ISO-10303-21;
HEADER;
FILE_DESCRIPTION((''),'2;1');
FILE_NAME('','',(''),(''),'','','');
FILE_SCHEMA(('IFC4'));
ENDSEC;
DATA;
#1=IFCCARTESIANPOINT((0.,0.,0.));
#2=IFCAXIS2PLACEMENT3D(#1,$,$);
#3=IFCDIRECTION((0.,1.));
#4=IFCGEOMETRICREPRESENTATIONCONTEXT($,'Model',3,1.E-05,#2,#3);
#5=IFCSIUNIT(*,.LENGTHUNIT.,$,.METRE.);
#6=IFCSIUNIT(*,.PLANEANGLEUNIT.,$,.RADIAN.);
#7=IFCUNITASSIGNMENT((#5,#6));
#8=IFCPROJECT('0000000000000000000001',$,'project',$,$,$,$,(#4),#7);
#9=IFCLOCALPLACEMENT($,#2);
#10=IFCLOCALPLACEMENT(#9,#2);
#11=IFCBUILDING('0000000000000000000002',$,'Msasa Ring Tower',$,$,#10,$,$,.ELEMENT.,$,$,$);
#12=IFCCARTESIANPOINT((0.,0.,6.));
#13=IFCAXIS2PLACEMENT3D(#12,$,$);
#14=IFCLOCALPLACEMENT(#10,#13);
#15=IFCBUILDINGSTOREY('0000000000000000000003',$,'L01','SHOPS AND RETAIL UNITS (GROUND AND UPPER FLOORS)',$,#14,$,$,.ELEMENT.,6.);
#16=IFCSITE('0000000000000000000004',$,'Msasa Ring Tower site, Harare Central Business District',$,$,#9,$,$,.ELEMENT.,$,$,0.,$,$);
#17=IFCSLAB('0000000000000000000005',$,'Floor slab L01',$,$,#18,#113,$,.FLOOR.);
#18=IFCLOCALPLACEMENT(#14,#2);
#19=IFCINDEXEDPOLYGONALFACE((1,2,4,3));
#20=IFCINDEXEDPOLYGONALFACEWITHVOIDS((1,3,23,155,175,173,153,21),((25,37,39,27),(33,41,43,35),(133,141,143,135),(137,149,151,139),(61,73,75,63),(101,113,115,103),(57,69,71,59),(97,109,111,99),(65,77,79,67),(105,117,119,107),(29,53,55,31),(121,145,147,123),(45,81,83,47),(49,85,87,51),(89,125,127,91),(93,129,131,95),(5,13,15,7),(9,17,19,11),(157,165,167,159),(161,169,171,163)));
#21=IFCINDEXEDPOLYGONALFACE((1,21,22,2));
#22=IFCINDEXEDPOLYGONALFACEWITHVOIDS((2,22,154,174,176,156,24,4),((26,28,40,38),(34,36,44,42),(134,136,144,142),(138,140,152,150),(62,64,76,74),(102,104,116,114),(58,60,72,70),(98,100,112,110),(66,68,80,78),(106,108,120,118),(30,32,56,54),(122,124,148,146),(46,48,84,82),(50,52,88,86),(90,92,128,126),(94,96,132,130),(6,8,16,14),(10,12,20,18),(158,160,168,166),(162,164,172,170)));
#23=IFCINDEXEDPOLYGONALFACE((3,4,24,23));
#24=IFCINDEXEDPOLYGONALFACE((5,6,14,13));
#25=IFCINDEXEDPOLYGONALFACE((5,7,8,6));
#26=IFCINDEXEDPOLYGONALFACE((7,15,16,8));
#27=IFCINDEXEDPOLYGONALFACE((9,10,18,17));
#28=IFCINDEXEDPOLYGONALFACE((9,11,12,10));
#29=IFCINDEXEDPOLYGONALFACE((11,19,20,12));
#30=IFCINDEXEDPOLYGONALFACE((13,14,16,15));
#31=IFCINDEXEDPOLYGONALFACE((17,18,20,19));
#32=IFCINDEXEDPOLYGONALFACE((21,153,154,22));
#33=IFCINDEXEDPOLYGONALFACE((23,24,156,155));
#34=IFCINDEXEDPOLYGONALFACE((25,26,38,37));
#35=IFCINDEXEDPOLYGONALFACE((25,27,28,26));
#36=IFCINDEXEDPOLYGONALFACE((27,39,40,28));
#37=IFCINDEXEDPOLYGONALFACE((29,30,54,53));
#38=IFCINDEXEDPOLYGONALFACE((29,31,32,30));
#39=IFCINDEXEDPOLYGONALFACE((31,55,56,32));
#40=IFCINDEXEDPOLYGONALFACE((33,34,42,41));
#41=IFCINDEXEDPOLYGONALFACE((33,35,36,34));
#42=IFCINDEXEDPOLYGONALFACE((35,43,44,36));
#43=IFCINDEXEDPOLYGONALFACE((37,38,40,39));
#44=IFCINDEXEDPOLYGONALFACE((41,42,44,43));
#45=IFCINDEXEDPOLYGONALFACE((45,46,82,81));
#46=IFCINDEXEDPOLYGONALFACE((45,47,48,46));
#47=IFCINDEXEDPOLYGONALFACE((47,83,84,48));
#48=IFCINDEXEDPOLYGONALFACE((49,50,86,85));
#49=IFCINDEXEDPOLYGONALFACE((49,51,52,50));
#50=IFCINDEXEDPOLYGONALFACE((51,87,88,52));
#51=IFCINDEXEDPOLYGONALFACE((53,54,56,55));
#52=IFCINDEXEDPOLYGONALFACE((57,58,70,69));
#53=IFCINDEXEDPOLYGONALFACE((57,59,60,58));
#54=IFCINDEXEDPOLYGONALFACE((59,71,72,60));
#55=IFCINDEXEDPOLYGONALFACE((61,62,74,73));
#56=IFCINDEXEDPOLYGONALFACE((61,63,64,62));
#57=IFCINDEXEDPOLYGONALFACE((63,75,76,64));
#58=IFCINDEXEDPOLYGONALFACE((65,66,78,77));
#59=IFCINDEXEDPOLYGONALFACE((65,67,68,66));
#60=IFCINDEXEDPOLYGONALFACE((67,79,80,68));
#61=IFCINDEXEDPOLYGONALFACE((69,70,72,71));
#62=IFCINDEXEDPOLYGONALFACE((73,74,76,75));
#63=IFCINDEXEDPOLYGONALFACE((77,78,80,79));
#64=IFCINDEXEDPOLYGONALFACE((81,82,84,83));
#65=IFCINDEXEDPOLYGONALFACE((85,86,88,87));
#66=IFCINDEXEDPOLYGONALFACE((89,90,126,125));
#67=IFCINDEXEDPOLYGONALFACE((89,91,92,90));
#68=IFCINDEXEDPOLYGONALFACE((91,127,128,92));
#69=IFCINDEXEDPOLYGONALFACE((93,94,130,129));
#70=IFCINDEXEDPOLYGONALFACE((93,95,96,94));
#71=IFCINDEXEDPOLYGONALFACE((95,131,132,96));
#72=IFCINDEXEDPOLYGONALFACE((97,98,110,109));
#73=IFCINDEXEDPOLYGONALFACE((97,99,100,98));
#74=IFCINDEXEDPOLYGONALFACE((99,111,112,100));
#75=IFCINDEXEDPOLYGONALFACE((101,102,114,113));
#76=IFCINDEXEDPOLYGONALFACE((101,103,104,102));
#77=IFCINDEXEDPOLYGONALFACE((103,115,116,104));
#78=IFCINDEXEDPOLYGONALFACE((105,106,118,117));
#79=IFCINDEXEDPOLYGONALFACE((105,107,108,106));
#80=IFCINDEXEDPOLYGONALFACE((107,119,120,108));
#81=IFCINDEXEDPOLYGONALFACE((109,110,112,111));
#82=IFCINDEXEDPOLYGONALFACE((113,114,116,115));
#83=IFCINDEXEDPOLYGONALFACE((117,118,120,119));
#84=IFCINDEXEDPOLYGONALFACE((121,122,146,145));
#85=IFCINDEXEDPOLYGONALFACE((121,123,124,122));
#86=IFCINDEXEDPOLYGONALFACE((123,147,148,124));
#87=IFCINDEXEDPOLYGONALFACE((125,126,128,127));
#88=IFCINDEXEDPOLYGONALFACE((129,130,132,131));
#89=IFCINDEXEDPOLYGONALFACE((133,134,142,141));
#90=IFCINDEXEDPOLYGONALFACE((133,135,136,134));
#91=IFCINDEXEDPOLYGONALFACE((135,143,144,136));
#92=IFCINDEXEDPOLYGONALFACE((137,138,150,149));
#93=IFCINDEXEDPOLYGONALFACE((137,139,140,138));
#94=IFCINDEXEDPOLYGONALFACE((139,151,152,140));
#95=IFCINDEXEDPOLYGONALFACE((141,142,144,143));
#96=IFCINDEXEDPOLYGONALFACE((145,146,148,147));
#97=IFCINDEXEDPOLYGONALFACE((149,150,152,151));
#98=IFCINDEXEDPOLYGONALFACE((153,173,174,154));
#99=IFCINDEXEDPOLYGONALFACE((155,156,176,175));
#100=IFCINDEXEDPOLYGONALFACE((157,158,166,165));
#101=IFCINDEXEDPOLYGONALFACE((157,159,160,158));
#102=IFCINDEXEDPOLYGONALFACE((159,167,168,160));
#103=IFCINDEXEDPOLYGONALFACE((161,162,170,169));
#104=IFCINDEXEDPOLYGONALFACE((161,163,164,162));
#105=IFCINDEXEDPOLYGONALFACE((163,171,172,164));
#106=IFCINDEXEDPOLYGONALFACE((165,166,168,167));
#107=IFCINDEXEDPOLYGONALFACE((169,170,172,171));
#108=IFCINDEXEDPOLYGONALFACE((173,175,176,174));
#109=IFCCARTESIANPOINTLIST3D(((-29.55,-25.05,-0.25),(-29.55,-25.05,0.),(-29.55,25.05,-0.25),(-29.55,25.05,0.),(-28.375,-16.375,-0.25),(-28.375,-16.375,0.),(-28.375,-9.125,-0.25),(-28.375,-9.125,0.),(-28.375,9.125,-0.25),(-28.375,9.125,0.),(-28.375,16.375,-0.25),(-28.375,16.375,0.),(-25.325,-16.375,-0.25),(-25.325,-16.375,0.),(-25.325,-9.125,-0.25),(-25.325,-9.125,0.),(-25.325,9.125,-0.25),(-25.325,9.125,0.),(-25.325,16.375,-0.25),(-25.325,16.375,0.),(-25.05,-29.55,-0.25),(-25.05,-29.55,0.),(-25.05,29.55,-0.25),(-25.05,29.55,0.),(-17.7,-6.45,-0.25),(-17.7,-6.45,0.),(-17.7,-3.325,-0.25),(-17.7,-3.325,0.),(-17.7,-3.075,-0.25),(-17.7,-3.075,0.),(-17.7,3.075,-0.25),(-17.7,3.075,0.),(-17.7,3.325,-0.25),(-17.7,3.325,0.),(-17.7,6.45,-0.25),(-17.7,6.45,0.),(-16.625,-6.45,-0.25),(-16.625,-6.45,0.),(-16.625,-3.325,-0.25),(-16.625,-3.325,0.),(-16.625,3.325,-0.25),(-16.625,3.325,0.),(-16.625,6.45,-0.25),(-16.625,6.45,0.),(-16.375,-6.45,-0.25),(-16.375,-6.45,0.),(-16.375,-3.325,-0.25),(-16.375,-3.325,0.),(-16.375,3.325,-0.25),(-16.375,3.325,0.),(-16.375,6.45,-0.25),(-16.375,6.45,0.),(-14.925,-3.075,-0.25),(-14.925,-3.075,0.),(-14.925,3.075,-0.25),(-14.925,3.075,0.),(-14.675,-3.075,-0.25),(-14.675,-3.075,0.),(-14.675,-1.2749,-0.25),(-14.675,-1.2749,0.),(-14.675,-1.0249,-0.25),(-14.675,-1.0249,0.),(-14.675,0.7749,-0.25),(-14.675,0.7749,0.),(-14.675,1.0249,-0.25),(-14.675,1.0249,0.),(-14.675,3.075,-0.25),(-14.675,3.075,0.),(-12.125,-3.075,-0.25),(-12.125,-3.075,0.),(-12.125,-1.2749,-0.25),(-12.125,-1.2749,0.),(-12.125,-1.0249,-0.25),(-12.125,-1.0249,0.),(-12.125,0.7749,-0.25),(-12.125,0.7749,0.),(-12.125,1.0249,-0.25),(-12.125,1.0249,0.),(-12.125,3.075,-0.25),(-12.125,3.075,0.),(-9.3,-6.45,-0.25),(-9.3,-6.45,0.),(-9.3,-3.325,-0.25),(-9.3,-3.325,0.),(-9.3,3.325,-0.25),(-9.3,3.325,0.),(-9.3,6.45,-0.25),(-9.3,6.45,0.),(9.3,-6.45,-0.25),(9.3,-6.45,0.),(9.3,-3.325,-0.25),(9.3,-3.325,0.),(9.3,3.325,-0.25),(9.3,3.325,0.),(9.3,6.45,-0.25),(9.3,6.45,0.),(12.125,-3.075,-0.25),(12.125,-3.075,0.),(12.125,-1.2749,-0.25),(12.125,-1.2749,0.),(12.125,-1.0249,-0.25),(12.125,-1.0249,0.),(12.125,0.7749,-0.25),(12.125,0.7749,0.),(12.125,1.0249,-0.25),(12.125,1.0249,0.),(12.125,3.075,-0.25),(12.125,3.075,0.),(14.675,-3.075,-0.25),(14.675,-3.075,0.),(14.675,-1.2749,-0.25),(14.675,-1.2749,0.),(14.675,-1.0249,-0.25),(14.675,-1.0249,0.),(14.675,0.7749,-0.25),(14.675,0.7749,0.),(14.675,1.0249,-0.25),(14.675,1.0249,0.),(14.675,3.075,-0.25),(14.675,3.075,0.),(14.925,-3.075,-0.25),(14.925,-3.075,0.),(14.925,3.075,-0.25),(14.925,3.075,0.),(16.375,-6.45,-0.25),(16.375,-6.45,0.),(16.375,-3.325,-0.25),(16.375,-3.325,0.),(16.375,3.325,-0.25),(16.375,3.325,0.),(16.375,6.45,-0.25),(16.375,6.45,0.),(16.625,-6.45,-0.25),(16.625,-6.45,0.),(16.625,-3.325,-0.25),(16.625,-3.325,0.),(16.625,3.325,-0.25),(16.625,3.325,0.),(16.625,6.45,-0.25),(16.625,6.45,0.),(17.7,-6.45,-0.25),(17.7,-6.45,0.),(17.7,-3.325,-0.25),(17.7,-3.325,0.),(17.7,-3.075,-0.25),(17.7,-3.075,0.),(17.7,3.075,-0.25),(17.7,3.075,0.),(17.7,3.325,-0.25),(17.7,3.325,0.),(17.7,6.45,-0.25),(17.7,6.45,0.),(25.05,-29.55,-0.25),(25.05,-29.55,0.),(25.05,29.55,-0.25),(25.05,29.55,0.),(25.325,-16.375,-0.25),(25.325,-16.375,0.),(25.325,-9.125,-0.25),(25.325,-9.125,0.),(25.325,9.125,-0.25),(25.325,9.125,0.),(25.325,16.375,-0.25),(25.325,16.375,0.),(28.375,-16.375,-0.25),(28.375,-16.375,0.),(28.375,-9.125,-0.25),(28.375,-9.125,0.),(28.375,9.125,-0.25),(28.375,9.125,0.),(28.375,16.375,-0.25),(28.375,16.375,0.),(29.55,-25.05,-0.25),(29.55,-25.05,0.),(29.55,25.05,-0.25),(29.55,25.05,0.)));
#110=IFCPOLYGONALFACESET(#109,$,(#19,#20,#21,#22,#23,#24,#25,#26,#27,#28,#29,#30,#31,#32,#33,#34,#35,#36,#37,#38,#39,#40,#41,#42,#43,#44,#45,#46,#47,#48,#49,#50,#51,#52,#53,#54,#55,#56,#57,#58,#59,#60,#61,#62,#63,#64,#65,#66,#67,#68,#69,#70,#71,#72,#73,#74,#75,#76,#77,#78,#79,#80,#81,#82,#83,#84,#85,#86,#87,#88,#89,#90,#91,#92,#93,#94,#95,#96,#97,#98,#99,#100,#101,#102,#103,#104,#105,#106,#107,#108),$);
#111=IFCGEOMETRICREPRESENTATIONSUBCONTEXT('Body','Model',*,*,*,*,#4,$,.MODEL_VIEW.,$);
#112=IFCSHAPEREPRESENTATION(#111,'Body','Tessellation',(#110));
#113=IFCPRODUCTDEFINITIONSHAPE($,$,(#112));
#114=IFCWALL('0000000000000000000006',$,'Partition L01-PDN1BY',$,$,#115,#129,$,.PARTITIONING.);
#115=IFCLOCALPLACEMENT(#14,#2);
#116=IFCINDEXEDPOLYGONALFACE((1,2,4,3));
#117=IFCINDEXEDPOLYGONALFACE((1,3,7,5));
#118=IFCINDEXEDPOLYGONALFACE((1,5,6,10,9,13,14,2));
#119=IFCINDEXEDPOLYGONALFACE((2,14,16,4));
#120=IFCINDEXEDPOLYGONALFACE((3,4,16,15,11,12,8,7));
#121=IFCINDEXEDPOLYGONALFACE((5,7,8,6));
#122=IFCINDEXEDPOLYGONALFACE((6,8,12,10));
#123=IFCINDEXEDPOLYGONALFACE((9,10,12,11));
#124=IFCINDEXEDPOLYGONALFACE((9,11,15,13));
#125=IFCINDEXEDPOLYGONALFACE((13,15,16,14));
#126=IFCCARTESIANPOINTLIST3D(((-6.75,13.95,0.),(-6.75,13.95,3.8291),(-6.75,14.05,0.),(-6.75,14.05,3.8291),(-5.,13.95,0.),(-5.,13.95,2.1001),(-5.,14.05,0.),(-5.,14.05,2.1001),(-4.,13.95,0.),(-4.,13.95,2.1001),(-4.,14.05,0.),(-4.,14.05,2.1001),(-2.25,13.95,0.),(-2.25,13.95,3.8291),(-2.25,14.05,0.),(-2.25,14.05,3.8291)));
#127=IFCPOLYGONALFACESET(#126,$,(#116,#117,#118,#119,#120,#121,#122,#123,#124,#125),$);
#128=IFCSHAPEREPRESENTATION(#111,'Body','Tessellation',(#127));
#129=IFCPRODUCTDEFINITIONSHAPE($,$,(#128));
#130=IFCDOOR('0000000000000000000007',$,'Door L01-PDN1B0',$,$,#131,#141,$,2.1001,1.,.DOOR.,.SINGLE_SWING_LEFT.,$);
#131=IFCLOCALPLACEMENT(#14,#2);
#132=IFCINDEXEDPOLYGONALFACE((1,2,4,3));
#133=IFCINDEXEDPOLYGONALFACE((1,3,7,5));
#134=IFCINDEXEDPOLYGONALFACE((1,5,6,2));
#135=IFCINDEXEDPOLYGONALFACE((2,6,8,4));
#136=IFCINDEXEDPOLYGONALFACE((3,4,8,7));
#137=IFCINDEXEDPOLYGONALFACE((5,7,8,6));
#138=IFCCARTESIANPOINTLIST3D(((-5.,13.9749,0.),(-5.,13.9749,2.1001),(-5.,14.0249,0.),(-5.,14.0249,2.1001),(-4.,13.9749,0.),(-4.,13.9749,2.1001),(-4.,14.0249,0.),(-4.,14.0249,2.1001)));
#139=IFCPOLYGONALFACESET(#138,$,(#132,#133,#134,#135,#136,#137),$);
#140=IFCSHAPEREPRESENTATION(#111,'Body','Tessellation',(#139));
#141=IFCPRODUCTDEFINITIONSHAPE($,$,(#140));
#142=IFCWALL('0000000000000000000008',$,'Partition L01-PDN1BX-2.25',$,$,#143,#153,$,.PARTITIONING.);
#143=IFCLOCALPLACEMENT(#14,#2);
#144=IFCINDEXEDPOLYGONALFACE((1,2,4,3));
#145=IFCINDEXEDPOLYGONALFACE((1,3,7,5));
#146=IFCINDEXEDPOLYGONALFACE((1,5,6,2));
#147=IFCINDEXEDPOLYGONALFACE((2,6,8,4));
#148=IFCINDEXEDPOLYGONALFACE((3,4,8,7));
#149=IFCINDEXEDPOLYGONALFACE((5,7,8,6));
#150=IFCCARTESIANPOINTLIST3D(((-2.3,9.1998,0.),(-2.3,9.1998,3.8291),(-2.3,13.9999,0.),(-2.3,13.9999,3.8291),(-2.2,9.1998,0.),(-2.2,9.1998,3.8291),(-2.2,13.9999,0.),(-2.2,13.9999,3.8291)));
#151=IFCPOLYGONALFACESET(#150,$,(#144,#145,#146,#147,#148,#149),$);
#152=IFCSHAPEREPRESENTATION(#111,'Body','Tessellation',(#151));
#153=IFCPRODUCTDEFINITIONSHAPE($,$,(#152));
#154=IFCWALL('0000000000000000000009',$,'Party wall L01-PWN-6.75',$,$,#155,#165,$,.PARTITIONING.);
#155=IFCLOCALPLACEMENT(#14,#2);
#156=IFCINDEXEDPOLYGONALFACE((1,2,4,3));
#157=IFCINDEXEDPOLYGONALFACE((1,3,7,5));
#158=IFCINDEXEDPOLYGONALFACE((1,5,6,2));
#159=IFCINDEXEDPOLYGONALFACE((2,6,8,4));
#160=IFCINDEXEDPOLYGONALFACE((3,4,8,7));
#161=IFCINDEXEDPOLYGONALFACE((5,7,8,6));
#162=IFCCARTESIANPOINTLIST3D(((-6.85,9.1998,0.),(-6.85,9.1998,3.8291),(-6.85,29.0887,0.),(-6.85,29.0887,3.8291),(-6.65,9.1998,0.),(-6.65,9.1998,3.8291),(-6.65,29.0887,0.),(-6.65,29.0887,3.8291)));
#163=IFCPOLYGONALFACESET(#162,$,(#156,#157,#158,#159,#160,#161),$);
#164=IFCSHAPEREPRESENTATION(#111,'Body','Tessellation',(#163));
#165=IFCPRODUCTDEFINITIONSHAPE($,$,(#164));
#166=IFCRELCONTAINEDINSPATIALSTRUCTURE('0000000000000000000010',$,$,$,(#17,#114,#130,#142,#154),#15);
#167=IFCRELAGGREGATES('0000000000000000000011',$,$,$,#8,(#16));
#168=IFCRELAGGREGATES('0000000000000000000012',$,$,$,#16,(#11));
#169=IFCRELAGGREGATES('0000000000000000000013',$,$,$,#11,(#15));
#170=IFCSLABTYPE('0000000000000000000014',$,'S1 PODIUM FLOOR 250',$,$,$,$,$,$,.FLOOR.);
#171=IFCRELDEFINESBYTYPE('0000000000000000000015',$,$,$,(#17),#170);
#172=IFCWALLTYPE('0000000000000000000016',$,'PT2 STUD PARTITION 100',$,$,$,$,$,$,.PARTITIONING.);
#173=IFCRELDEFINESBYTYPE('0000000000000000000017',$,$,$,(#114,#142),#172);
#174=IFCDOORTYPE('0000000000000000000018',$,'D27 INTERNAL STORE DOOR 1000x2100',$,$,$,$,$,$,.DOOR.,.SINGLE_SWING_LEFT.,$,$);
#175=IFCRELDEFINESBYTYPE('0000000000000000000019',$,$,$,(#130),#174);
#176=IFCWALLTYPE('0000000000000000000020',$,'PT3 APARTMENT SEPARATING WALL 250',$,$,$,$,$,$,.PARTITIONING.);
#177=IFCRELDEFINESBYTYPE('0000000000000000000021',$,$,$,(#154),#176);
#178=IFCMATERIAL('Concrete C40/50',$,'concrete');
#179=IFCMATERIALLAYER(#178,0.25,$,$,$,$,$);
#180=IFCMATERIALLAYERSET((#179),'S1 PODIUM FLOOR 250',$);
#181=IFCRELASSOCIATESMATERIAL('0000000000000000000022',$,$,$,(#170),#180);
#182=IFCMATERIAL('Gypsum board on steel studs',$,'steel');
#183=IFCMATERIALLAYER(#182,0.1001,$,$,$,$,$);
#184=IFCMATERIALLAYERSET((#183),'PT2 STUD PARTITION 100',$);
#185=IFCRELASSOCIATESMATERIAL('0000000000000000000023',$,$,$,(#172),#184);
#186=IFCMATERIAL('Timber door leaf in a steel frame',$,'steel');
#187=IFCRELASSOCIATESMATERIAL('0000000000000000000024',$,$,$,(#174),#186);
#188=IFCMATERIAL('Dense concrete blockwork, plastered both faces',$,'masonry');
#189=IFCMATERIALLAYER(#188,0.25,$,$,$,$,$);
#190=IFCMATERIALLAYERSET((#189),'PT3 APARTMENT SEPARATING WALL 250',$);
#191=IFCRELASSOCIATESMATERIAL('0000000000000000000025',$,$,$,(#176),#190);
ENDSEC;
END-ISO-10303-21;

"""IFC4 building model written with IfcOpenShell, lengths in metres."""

from ifc_helpers import new_model, si_unit, direction, frame, frame_2d, origin, place, context, subcontext, project, spatial, polyline, rectangle, outline, extrude, material, layer, layer_set, type_object, element, fill, save


model = new_model("IFC4")

# Units and contexts
model_context = context("Model", 3, precision=1e-05, world=origin(), true_north=direction((0.0, 1.0)))
body_context = subcontext(model_context, "Body", "Model", "MODEL_VIEW")
ifc_project = project(units=[si_unit("LENGTHUNIT", "METRE"), si_unit("PLANEANGLEUNIT", "RADIAN")], contexts=[model_context])

# Site, building, storey
site_placement = place(None, origin())
site = spatial("IfcSite", under=ifc_project, at=site_placement, Name="Msasa Ring Tower site, Harare Central Business District", CompositionType="ELEMENT", RefElevation=0.0)
building_placement = place(site_placement, origin())
building = spatial("IfcBuilding", under=site, at=building_placement, Name="Msasa Ring Tower", CompositionType="ELEMENT")
storey_placement = place(building_placement, frame((0.0, 0.0, 6.0)))
storey = spatial("IfcBuildingStorey", under=building, at=storey_placement, Name="L01", Description="SHOPS AND RETAIL UNITS (GROUND AND UPPER FLOORS)", CompositionType="ELEMENT", Elevation=6.0)

# Slab
ifc_material_1 = material(Name="Concrete C40/50", Category="concrete")
ifc_layer_1 = layer(ifc_material_1, 0.25)
ifc_layer_set_1 = layer_set([ifc_layer_1], Name="S1 PODIUM FLOOR 250")
slab_type_1 = type_object("IfcSlabType", Name="S1 PODIUM FLOOR 250", PredefinedType="FLOOR", material=ifc_layer_set_1)
slab_1_placement = place(storey_placement, frame((0.0, 0.0, -0.25)))
element("IfcSlab", 1, at=slab_1_placement, inside=storey, type_object=slab_type_1, Name="Floor slab L01", PredefinedType="FLOOR", context=body_context, shape_type="SweptSolid", body=[
    extrude(outline(polyline([(-25.05, -29.55), (25.05, -29.55), (29.55, -25.05), (29.55, 25.05), (25.05, 29.55), (-25.05, 29.55), (-29.55, 25.05), (-29.55, -25.05), (-25.05, -29.55)]), holes=[polyline([(9.3, -6.45), (16.375, -6.45), (16.375, -3.325), (9.3, -3.325), (9.3, -6.45)]), polyline([(9.3, 3.325), (16.375, 3.325), (16.375, 6.45), (9.3, 6.45), (9.3, 3.325)]), polyline([(12.125, -3.075), (14.675, -3.075), (14.675, -1.2749), (12.125, -1.2749), (12.125, -3.075)]), polyline([(12.125, -1.0249), (14.675, -1.0249), (14.675, 0.7749), (12.125, 0.7749), (12.125, -1.0249)]), polyline([(12.125, 1.0249), (14.675, 1.0249), (14.675, 3.075), (12.125, 3.075), (12.125, 1.0249)]), polyline([(16.625, -6.45), (17.7, -6.45), (17.7, -3.325), (16.625, -3.325), (16.625, -6.45)]), polyline([(16.625, 3.325), (17.7, 3.325), (17.7, 6.45), (16.625, 6.45), (16.625, 3.325)]), polyline([(14.925, -3.075), (17.7, -3.075), (17.7, 3.075), (14.925, 3.075), (14.925, -3.075)]), polyline([(-16.375, -6.45), (-9.3, -6.45), (-9.3, -3.325), (-16.375, -3.325), (-16.375, -6.45)]), polyline([(-16.375, 3.325), (-9.3, 3.325), (-9.3, 6.45), (-16.375, 6.45), (-16.375, 3.325)]), polyline([(-14.675, -3.075), (-12.125, -3.075), (-12.125, -1.2749), (-14.675, -1.2749), (-14.675, -3.075)]), polyline([(-14.675, -1.0249), (-12.125, -1.0249), (-12.125, 0.7749), (-14.675, 0.7749), (-14.675, -1.0249)]), polyline([(-14.675, 1.0249), (-12.125, 1.0249), (-12.125, 3.075), (-14.675, 3.075), (-14.675, 1.0249)]), polyline([(-17.7, -6.45), (-16.625, -6.45), (-16.625, -3.325), (-17.7, -3.325), (-17.7, -6.45)]), polyline([(-17.7, 3.325), (-16.625, 3.325), (-16.625, 6.45), (-17.7, 6.45), (-17.7, 3.325)]), polyline([(-17.7, -3.075), (-14.925, -3.075), (-14.925, 3.075), (-17.7, 3.075), (-17.7, -3.075)]), polyline([(25.325, 9.125), (28.375, 9.125), (28.375, 16.375), (25.325, 16.375), (25.325, 9.125)]), polyline([(25.325, -16.375), (28.375, -16.375), (28.375, -9.125), (25.325, -9.125), (25.325, -16.375)]), polyline([(-28.375, 9.125), (-25.325, 9.125), (-25.325, 16.375), (-28.375, 16.375), (-28.375, 9.125)]), polyline([(-28.375, -16.375), (-25.325, -16.375), (-25.325, -9.125), (-28.375, -9.125), (-28.375, -16.375)])]), origin(), (0.0, 0.0, 1.0), 0.25),
])

# Wall, opening, door
ifc_material_2 = material(Name="Gypsum board on steel studs", Category="steel")
ifc_layer_2 = layer(ifc_material_2, 0.1001)
ifc_layer_set_2 = layer_set([ifc_layer_2], Name="PT2 STUD PARTITION 100")
wall_type_1 = type_object("IfcWallType", Name="PT2 STUD PARTITION 100", PredefinedType="PARTITIONING", material=ifc_layer_set_2)
wall_1_placement = place(storey_placement, frame((-6.75, 14.0, 0.0), z_axis=(0.0, 0.0, 1.0), x_axis=(1.0, 0.0, 0.0)))
wall_1 = element("IfcWall", 2, at=wall_1_placement, inside=storey, type_object=wall_type_1, Name="Partition L01-PDN1BY", PredefinedType="PARTITIONING", context=body_context, shape_type="SweptSolid", body=[
    extrude(rectangle(XDim=4.5, YDim=0.1001, at=frame_2d((2.25, 0.0))), origin(), (0.0, 0.0, 1.0), 3.8291),
])
opening_placement = place(wall_1_placement, frame((1.75, 0.0, 0.0)))
opening = element("IfcOpeningElement", 3, at=opening_placement, cuts=wall_1, PredefinedType="OPENING", context=body_context, shape_type="SweptSolid", body=[
    extrude(rectangle(XDim=1.0, YDim=2.1001, at=frame_2d((0.5, 1.05))), frame((0.0, 0.0601, 0.0), z_axis=(0.0, -1.0, 0.0), x_axis=(1.0, 0.0, 0.0)), (0.0, 0.0, 1.0), 0.1201),
])
ifc_material_3 = material(Name="Timber door leaf in a steel frame", Category="steel")
door_type = type_object("IfcDoorType", Name="D27 INTERNAL STORE DOOR 1000x2100", OperationType="SINGLE_SWING_LEFT", PredefinedType="DOOR", material=ifc_material_3)
door_placement = place(opening_placement, origin())
door = element("IfcDoor", 4, at=door_placement, inside=storey, type_object=door_type, Name="Door L01-PDN1B0", OperationType="SINGLE_SWING_LEFT", OverallHeight=2.1001, OverallWidth=1.0, PredefinedType="DOOR", context=body_context, shape_type="SweptSolid", body=[
    extrude(rectangle(XDim=1.0, YDim=2.1001, at=frame_2d((0.5, 1.05))), frame((0.0, 0.0249, 0.0), z_axis=(0.0, -1.0, 0.0), x_axis=(1.0, 0.0, 0.0)), (0.0, 0.0, 1.0), 0.05),
])
fill(opening, door)

# Walls
wall_2_placement = place(storey_placement, frame((-2.25, 9.2, 0.0), z_axis=(0.0, 0.0, 1.0), x_axis=(0.0, 1.0, 0.0)))
element("IfcWall", 5, at=wall_2_placement, inside=storey, type_object=wall_type_1, Name="Partition L01-PDN1BX-2.25", PredefinedType="PARTITIONING", context=body_context, shape_type="SweptSolid", body=[
    extrude(rectangle(XDim=4.8, YDim=0.1001, at=frame_2d((2.3999, 0.0))), origin(), (0.0, 0.0, 1.0), 3.8291),
])
ifc_material_4 = material(Name="Dense concrete blockwork, plastered both faces", Category="masonry")
ifc_layer_3 = layer(ifc_material_4, 0.25)
ifc_layer_set_3 = layer_set([ifc_layer_3], Name="PT3 APARTMENT SEPARATING WALL 250")
wall_type_2 = type_object("IfcWallType", Name="PT3 APARTMENT SEPARATING WALL 250", PredefinedType="PARTITIONING", material=ifc_layer_set_3)
wall_3_placement = place(storey_placement, frame((-6.75, 9.2, 0.0), z_axis=(0.0, 0.0, 1.0), x_axis=(0.0, 1.0, 0.0)))
element("IfcWall", 6, at=wall_3_placement, inside=storey, type_object=wall_type_2, Name="Party wall L01-PWN-6.75", PredefinedType="PARTITIONING", context=body_context, shape_type="SweptSolid", body=[
    extrude(rectangle(XDim=19.8889, YDim=0.2, at=frame_2d((9.9443, 0.0))), origin(), (0.0, 0.0, 1.0), 3.8291),
])

save(model, "model.ifc")
